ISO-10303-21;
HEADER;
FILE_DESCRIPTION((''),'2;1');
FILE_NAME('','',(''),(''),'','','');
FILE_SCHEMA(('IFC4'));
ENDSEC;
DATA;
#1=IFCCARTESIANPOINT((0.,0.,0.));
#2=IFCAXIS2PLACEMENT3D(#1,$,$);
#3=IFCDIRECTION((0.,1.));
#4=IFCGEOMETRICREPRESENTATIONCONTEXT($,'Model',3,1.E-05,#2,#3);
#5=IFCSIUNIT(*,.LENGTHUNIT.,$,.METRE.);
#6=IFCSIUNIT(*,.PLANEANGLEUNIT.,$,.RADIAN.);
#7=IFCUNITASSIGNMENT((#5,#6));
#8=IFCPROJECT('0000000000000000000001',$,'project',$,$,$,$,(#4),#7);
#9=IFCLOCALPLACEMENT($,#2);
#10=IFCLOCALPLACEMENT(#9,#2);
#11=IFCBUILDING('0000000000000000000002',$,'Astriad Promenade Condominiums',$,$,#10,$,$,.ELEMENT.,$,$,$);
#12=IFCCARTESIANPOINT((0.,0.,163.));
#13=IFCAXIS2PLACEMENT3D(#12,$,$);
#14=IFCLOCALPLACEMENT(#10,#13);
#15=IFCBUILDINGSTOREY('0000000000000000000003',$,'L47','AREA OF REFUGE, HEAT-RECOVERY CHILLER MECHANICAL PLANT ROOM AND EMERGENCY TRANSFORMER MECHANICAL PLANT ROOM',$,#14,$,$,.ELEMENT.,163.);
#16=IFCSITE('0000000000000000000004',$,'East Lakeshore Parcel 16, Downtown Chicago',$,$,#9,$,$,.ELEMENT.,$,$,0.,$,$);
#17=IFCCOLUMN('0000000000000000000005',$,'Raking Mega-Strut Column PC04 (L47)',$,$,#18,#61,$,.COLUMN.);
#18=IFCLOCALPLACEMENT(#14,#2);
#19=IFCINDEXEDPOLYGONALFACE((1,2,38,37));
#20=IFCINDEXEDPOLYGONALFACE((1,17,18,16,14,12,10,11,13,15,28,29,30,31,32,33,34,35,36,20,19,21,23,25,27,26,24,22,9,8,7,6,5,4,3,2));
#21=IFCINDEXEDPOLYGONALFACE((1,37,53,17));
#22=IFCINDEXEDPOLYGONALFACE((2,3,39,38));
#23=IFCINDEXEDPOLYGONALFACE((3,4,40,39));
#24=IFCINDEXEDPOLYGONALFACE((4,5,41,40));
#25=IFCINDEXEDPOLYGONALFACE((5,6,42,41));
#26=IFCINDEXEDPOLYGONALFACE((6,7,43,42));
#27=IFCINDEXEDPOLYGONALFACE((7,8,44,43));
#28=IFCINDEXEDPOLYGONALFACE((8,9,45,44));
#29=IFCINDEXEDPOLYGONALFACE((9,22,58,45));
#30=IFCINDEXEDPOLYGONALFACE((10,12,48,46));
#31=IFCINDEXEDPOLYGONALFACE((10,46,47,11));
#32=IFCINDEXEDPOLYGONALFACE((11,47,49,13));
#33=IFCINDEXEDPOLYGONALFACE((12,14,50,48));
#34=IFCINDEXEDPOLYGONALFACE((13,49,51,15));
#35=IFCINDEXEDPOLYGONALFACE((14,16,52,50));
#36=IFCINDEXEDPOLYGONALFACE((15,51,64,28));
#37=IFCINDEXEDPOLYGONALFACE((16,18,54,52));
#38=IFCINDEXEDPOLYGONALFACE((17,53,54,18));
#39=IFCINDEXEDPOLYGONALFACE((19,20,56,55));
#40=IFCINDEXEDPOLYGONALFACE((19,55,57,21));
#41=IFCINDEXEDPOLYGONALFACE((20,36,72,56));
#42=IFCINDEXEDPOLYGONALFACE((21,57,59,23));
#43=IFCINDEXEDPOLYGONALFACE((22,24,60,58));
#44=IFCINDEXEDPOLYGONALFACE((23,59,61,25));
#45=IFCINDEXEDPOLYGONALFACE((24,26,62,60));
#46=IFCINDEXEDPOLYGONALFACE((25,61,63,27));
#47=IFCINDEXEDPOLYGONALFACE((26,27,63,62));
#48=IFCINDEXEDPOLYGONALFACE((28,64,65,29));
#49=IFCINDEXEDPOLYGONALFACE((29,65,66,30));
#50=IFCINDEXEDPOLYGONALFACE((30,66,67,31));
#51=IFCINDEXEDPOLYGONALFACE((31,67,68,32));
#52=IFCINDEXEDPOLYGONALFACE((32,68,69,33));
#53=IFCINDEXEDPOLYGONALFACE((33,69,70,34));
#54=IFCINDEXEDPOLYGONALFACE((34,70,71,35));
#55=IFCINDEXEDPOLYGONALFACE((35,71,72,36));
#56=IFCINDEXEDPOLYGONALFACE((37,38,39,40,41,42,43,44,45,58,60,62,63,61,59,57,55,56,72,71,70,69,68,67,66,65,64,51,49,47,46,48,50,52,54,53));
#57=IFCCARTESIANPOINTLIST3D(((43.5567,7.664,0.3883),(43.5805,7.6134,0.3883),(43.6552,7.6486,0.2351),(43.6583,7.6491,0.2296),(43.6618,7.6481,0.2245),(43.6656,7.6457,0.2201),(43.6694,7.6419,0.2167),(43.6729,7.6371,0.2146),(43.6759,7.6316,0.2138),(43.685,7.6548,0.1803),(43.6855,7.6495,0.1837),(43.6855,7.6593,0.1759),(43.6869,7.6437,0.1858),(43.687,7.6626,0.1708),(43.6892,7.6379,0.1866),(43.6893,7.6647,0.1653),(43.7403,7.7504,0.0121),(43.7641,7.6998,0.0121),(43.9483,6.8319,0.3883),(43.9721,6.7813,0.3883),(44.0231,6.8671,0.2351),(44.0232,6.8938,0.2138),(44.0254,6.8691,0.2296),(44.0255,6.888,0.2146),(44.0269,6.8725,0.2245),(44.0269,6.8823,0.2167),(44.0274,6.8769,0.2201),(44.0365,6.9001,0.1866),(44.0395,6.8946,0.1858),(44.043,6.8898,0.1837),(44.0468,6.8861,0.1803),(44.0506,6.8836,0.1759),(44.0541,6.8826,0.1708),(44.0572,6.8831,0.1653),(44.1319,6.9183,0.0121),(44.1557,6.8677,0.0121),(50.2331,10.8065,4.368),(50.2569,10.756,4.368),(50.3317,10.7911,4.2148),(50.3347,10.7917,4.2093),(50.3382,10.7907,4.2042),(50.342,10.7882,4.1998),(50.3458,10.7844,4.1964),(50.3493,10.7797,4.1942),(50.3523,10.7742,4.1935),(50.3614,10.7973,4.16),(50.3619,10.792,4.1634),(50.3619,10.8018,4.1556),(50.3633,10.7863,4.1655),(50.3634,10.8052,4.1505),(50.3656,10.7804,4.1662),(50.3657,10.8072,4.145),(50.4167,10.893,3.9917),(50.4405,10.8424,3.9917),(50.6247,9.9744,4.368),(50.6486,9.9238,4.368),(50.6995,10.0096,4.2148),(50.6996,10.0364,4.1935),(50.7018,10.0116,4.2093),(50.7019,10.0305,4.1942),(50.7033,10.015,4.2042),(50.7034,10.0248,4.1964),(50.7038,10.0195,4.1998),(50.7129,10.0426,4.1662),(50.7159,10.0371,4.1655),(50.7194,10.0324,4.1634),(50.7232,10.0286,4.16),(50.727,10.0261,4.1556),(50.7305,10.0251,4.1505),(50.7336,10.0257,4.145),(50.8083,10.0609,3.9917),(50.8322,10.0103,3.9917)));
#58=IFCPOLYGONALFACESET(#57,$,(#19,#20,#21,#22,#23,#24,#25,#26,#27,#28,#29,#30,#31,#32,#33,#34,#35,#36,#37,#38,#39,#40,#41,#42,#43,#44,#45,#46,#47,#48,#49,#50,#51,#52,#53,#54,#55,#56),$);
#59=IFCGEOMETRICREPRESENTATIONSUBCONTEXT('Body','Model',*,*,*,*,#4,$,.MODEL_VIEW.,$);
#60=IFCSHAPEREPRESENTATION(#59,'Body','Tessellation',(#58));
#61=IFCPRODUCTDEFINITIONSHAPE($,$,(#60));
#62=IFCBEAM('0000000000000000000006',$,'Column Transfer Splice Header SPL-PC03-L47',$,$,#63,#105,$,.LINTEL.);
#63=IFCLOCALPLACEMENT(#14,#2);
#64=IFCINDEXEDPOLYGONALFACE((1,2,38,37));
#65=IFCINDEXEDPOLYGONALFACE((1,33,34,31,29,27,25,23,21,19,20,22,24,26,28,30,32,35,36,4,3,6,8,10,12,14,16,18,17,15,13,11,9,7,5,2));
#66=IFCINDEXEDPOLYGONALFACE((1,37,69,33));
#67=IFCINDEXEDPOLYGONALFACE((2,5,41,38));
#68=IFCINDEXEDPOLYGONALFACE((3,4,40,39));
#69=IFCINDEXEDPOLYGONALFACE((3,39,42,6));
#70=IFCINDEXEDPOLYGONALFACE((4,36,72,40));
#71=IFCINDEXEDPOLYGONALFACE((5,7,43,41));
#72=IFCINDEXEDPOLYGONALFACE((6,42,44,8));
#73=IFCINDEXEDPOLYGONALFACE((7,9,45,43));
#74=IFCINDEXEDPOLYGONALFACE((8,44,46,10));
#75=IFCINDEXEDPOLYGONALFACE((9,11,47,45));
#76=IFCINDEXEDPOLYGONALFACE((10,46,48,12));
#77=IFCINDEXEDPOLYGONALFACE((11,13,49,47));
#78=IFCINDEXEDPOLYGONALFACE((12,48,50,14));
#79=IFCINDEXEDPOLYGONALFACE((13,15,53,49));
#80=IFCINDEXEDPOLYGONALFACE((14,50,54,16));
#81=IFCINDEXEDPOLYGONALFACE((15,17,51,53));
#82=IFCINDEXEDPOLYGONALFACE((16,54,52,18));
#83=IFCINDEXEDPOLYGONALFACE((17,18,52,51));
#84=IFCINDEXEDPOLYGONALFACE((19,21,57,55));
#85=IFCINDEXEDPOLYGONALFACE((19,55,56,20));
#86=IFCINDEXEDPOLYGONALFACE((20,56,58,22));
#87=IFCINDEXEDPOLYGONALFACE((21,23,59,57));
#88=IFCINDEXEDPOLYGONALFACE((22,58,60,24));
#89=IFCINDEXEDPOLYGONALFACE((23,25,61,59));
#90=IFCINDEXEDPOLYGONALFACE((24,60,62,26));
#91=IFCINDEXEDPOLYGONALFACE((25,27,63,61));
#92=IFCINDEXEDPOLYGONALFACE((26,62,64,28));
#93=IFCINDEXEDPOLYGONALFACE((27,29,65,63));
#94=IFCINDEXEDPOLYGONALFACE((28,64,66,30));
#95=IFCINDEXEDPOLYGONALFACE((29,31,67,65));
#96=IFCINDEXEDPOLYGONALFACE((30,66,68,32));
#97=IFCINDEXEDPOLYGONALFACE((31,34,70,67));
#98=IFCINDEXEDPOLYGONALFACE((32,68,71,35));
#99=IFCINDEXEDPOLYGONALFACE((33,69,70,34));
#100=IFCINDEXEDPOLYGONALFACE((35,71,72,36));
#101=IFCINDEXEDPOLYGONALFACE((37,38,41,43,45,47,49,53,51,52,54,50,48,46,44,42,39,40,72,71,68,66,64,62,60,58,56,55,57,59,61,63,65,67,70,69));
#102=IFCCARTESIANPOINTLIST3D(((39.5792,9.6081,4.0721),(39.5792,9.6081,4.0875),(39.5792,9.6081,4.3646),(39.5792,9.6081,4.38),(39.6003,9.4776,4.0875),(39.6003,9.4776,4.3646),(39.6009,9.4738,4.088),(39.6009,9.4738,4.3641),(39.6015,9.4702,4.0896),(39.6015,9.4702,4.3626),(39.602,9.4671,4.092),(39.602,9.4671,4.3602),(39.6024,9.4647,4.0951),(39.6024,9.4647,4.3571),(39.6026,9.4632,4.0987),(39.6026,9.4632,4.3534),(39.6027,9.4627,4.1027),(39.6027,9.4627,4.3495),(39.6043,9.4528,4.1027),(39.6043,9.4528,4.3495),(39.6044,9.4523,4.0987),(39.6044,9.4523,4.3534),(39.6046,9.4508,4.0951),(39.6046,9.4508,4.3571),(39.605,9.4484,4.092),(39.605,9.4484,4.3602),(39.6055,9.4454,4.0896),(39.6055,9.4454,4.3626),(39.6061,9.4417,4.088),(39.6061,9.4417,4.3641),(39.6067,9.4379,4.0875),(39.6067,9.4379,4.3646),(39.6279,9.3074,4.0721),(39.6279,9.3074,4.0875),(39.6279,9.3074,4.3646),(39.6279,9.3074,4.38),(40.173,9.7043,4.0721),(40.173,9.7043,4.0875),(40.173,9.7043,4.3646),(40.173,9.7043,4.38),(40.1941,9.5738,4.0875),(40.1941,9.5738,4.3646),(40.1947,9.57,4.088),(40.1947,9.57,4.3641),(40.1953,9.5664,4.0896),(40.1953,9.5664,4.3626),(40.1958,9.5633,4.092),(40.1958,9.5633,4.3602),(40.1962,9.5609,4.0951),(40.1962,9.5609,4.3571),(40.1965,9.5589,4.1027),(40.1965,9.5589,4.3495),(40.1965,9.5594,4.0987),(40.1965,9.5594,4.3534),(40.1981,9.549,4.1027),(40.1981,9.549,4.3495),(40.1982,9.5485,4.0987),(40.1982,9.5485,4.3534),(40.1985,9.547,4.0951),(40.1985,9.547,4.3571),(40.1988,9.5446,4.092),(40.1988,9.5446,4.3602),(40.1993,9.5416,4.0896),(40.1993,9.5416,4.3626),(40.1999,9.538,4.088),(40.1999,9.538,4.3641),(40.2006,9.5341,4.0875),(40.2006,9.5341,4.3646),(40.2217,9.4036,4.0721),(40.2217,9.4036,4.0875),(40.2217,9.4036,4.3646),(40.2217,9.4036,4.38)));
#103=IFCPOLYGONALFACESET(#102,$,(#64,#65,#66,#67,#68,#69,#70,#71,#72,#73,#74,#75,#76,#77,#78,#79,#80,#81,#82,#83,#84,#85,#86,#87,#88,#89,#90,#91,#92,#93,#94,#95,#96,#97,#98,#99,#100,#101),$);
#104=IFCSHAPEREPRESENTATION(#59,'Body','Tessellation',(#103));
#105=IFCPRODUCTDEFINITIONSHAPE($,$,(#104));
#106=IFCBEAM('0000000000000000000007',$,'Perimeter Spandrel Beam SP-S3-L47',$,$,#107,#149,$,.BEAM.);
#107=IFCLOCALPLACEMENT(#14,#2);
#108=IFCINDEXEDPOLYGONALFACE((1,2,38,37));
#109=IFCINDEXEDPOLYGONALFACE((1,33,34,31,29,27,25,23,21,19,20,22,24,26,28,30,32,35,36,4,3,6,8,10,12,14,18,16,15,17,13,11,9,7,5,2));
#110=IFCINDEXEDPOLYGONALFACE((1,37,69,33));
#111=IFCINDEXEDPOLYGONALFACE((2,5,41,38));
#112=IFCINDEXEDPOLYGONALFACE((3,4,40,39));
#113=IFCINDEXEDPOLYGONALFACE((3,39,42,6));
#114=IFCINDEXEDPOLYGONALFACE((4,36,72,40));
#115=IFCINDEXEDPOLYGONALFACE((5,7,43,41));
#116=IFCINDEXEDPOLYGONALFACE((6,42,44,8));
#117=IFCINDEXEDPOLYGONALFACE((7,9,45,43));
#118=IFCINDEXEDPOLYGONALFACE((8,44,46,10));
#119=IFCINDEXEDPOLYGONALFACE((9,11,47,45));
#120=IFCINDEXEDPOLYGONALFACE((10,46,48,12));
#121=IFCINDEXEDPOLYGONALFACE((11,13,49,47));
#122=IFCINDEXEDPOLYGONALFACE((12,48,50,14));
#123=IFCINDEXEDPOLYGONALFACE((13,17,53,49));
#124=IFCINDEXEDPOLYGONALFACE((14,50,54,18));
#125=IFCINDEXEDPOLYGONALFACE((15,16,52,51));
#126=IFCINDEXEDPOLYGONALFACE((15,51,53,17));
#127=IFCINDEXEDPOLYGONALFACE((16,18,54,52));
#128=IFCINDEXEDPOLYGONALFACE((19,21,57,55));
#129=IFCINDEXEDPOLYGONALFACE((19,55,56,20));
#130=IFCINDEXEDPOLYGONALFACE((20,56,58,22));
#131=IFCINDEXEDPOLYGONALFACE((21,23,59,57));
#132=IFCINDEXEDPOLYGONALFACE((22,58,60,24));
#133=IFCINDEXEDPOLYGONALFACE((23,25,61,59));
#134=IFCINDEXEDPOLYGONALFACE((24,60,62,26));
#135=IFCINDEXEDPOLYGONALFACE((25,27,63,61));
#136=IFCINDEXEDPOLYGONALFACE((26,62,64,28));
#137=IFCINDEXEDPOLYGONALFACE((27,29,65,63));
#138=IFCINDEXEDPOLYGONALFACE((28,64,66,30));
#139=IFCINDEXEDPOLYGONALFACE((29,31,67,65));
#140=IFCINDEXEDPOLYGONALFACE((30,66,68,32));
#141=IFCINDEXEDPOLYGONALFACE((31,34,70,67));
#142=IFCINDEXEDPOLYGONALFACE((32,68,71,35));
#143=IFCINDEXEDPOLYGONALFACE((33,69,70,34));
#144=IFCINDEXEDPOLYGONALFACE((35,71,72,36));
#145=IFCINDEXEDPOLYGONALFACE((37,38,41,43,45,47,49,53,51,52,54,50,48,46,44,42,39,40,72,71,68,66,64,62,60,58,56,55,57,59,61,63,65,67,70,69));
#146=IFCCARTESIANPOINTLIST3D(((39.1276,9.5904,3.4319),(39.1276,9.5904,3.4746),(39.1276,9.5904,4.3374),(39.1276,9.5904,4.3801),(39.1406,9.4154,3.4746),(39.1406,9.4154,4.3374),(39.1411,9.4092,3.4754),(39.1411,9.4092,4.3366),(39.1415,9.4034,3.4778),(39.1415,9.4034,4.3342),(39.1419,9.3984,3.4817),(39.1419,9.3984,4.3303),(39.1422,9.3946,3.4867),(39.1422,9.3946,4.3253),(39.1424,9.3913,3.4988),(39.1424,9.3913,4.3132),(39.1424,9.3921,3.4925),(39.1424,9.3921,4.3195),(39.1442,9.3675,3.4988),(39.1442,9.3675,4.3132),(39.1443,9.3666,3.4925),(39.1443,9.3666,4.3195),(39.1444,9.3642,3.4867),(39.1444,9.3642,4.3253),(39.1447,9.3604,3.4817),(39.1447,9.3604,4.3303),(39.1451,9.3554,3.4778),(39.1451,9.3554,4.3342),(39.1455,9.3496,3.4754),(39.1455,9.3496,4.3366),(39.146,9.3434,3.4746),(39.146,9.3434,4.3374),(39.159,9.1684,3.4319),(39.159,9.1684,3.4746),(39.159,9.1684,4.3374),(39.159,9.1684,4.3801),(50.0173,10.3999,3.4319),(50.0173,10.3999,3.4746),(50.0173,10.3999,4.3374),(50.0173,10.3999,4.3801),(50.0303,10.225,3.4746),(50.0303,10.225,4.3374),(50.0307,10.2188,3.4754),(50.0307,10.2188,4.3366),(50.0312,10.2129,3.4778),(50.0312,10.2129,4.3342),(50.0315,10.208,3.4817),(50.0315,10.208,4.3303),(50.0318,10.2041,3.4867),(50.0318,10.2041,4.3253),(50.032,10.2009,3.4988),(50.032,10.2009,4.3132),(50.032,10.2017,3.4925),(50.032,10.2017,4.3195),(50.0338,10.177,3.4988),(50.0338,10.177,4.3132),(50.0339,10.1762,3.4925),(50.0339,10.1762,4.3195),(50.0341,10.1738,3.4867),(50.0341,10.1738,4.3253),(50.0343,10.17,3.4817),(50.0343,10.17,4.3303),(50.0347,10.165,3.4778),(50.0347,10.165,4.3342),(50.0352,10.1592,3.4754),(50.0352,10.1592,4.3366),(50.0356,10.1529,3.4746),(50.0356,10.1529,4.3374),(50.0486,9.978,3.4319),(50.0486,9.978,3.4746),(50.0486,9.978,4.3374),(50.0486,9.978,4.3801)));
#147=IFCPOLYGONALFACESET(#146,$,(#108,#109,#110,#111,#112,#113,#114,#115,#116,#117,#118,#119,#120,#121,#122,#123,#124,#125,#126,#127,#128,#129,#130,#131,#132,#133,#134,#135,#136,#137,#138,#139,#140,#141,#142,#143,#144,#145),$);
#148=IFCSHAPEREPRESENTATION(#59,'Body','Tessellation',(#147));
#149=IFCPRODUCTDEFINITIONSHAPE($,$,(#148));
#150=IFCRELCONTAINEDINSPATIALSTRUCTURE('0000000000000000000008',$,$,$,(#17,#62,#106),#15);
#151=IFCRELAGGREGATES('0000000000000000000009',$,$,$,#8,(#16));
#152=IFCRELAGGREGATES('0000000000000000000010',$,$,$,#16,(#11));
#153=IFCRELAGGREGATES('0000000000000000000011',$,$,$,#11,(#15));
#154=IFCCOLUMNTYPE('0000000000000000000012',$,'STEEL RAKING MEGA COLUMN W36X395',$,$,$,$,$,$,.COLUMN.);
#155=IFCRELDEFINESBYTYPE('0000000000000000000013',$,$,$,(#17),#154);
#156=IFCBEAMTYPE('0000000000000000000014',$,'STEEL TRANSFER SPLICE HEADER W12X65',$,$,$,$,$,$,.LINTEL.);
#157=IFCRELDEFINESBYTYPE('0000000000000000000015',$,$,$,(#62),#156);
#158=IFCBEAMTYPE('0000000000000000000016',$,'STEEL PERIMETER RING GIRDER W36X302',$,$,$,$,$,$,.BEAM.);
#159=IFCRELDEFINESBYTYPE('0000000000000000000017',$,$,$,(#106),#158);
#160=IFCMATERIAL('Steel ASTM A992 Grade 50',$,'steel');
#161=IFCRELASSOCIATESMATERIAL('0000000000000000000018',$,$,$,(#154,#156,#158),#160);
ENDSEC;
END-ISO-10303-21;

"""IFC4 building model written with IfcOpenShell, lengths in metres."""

from ifc_helpers import new_model, si_unit, direction, frame, origin, origin_2d, place, context, subcontext, project, spatial, i_section, extrude, source, transform, mapped, material, material_profile, profile_set, type_object, type_shapes, element, save


model = new_model("IFC4")

# Units and contexts
model_context = context("Model", 3, precision=1e-05, world=origin(), true_north=direction((0.0, 1.0)))
body_context = subcontext(model_context, "Body", "Model", "MODEL_VIEW")
ifc_project = project(units=[si_unit("LENGTHUNIT", "METRE"), si_unit("PLANEANGLEUNIT", "RADIAN")], contexts=[model_context])

# Site, building, storey
site_placement = place(None, origin())
site = spatial("IfcSite", under=ifc_project, at=site_placement, Name="East Lakeshore Parcel 16, Downtown Chicago", CompositionType="ELEMENT", RefElevation=0.0)
building_placement = place(site_placement, origin())
building = spatial("IfcBuilding", under=site, at=building_placement, Name="Astriad Promenade Condominiums", CompositionType="ELEMENT")
storey_placement = place(building_placement, frame((0.0, 0.0, 163.0)))
storey = spatial("IfcBuildingStorey", under=building, at=storey_placement, Name="L47", Description="AREA OF REFUGE, HEAT-RECOVERY CHILLER MECHANICAL PLANT ROOM AND EMERGENCY TRANSFORMER MECHANICAL PLANT ROOM", CompositionType="ELEMENT", Elevation=163.0)

# Column
ifc_material_1 = material(Name="Steel ASTM A992 Grade 50", Category="steel")
ifc_material_profile_1 = material_profile(ifc_material_1, i_section(OverallWidth=0.4275, OverallDepth=0.9756, WebThickness=0.031, FlangeThickness=0.0559, FilletRadius=0.0242, at=origin_2d()), Name="W36X395")
ifc_profile_set_1 = profile_set([ifc_material_profile_1], Name="Steel ASTM A992 Grade 50")
column_type = type_object("IfcColumnType", Name="STEEL RAKING MEGA COLUMN W36X395", PredefinedType="COLUMN", material=ifc_profile_set_1)
shared_shape_1 = source(origin(), body_context, "Body", "SweptSolid", [
    extrude(i_section(OverallWidth=0.4275, OverallDepth=0.9756, WebThickness=0.031, FlangeThickness=0.0559, FilletRadius=0.0242, at=origin_2d()), origin(), (0.0, 0.0, 1.0), 8.3838),
])
type_shapes(column_type, [shared_shape_1])
column_placement = place(storey_placement, frame((43.8562, 7.2659, 0.2002), z_axis=(0.796349, 0.374834, 0.474687), x_axis=(-0.429489, -0.202157, 0.880154)))
element("IfcColumn", 1, at=column_placement, inside=storey, type_object=column_type, Name="Raking Mega-Strut Column PC04 (L47)", PredefinedType="COLUMN", context=body_context, shape_type="MappedRepresentation", body=[
    mapped(shared_shape_1, transform((0.0, 0.0, 0.0), scale=1.0)),
])

# Beams
ifc_material_profile_2 = material_profile(ifc_material_1, i_section(OverallWidth=0.3047, OverallDepth=0.3079, WebThickness=0.01, FlangeThickness=0.0154, FilletRadius=0.0151, at=origin_2d()), Name="W12X65")
ifc_profile_set_2 = profile_set([ifc_material_profile_2], Name="Steel ASTM A992 Grade 50")
beam_type_1 = type_object("IfcBeamType", Name="STEEL TRANSFER SPLICE HEADER W12X65", PredefinedType="LINTEL", material=ifc_profile_set_2)
shared_shape_2 = source(origin(), body_context, "Body", "SweptSolid", [
    extrude(i_section(OverallWidth=0.3047, OverallDepth=0.3079, WebThickness=0.01, FlangeThickness=0.0154, FilletRadius=0.0151, at=origin_2d()), origin(), (0.0, 0.0, 1.0), 0.6016),
])
type_shapes(beam_type_1, [shared_shape_2])
beam_1_placement = place(storey_placement, frame((39.6035, 9.4578, 4.2261), z_axis=(0.98713, 0.159922, 0.0), x_axis=(-0.159922, 0.98713, 0.0)))
element("IfcBeam", 2, at=beam_1_placement, inside=storey, type_object=beam_type_1, Name="Column Transfer Splice Header SPL-PC03-L47", PredefinedType="LINTEL", context=body_context, shape_type="MappedRepresentation", body=[
    mapped(shared_shape_2, transform((0.0, 0.0, 0.0), scale=1.0)),
])
ifc_material_profile_3 = material_profile(ifc_material_1, i_section(OverallWidth=0.4231, OverallDepth=0.9482, WebThickness=0.0239, FlangeThickness=0.0427, FilletRadius=0.0242, at=origin_2d()), Name="W36X302")
ifc_profile_set_3 = profile_set([ifc_material_profile_3], Name="Steel ASTM A992 Grade 50")
beam_type_2 = type_object("IfcBeamType", Name="STEEL PERIMETER RING GIRDER W36X302", PredefinedType="BEAM", material=ifc_profile_set_3)
shared_shape_3 = source(origin(), body_context, "Body", "SweptSolid", [
    extrude(i_section(OverallWidth=0.4231, OverallDepth=0.9482, WebThickness=0.0239, FlangeThickness=0.0427, FilletRadius=0.0242, at=origin_2d()), origin(), (0.0, 0.0, 1.0), 10.9197),
])
type_shapes(beam_type_2, [shared_shape_3])
beam_2_placement = place(storey_placement, frame((39.1433, 9.3794, 3.906), z_axis=(0.997248, 0.074139, 0.0), x_axis=(-0.074139, 0.997248, 0.0)))
element("IfcBeam", 3, at=beam_2_placement, inside=storey, type_object=beam_type_2, Name="Perimeter Spandrel Beam SP-S3-L47", PredefinedType="BEAM", context=body_context, shape_type="MappedRepresentation", body=[
    mapped(shared_shape_3, transform((0.0, 0.0, 0.0), scale=1.0)),
])

save(model, "model.ifc")
